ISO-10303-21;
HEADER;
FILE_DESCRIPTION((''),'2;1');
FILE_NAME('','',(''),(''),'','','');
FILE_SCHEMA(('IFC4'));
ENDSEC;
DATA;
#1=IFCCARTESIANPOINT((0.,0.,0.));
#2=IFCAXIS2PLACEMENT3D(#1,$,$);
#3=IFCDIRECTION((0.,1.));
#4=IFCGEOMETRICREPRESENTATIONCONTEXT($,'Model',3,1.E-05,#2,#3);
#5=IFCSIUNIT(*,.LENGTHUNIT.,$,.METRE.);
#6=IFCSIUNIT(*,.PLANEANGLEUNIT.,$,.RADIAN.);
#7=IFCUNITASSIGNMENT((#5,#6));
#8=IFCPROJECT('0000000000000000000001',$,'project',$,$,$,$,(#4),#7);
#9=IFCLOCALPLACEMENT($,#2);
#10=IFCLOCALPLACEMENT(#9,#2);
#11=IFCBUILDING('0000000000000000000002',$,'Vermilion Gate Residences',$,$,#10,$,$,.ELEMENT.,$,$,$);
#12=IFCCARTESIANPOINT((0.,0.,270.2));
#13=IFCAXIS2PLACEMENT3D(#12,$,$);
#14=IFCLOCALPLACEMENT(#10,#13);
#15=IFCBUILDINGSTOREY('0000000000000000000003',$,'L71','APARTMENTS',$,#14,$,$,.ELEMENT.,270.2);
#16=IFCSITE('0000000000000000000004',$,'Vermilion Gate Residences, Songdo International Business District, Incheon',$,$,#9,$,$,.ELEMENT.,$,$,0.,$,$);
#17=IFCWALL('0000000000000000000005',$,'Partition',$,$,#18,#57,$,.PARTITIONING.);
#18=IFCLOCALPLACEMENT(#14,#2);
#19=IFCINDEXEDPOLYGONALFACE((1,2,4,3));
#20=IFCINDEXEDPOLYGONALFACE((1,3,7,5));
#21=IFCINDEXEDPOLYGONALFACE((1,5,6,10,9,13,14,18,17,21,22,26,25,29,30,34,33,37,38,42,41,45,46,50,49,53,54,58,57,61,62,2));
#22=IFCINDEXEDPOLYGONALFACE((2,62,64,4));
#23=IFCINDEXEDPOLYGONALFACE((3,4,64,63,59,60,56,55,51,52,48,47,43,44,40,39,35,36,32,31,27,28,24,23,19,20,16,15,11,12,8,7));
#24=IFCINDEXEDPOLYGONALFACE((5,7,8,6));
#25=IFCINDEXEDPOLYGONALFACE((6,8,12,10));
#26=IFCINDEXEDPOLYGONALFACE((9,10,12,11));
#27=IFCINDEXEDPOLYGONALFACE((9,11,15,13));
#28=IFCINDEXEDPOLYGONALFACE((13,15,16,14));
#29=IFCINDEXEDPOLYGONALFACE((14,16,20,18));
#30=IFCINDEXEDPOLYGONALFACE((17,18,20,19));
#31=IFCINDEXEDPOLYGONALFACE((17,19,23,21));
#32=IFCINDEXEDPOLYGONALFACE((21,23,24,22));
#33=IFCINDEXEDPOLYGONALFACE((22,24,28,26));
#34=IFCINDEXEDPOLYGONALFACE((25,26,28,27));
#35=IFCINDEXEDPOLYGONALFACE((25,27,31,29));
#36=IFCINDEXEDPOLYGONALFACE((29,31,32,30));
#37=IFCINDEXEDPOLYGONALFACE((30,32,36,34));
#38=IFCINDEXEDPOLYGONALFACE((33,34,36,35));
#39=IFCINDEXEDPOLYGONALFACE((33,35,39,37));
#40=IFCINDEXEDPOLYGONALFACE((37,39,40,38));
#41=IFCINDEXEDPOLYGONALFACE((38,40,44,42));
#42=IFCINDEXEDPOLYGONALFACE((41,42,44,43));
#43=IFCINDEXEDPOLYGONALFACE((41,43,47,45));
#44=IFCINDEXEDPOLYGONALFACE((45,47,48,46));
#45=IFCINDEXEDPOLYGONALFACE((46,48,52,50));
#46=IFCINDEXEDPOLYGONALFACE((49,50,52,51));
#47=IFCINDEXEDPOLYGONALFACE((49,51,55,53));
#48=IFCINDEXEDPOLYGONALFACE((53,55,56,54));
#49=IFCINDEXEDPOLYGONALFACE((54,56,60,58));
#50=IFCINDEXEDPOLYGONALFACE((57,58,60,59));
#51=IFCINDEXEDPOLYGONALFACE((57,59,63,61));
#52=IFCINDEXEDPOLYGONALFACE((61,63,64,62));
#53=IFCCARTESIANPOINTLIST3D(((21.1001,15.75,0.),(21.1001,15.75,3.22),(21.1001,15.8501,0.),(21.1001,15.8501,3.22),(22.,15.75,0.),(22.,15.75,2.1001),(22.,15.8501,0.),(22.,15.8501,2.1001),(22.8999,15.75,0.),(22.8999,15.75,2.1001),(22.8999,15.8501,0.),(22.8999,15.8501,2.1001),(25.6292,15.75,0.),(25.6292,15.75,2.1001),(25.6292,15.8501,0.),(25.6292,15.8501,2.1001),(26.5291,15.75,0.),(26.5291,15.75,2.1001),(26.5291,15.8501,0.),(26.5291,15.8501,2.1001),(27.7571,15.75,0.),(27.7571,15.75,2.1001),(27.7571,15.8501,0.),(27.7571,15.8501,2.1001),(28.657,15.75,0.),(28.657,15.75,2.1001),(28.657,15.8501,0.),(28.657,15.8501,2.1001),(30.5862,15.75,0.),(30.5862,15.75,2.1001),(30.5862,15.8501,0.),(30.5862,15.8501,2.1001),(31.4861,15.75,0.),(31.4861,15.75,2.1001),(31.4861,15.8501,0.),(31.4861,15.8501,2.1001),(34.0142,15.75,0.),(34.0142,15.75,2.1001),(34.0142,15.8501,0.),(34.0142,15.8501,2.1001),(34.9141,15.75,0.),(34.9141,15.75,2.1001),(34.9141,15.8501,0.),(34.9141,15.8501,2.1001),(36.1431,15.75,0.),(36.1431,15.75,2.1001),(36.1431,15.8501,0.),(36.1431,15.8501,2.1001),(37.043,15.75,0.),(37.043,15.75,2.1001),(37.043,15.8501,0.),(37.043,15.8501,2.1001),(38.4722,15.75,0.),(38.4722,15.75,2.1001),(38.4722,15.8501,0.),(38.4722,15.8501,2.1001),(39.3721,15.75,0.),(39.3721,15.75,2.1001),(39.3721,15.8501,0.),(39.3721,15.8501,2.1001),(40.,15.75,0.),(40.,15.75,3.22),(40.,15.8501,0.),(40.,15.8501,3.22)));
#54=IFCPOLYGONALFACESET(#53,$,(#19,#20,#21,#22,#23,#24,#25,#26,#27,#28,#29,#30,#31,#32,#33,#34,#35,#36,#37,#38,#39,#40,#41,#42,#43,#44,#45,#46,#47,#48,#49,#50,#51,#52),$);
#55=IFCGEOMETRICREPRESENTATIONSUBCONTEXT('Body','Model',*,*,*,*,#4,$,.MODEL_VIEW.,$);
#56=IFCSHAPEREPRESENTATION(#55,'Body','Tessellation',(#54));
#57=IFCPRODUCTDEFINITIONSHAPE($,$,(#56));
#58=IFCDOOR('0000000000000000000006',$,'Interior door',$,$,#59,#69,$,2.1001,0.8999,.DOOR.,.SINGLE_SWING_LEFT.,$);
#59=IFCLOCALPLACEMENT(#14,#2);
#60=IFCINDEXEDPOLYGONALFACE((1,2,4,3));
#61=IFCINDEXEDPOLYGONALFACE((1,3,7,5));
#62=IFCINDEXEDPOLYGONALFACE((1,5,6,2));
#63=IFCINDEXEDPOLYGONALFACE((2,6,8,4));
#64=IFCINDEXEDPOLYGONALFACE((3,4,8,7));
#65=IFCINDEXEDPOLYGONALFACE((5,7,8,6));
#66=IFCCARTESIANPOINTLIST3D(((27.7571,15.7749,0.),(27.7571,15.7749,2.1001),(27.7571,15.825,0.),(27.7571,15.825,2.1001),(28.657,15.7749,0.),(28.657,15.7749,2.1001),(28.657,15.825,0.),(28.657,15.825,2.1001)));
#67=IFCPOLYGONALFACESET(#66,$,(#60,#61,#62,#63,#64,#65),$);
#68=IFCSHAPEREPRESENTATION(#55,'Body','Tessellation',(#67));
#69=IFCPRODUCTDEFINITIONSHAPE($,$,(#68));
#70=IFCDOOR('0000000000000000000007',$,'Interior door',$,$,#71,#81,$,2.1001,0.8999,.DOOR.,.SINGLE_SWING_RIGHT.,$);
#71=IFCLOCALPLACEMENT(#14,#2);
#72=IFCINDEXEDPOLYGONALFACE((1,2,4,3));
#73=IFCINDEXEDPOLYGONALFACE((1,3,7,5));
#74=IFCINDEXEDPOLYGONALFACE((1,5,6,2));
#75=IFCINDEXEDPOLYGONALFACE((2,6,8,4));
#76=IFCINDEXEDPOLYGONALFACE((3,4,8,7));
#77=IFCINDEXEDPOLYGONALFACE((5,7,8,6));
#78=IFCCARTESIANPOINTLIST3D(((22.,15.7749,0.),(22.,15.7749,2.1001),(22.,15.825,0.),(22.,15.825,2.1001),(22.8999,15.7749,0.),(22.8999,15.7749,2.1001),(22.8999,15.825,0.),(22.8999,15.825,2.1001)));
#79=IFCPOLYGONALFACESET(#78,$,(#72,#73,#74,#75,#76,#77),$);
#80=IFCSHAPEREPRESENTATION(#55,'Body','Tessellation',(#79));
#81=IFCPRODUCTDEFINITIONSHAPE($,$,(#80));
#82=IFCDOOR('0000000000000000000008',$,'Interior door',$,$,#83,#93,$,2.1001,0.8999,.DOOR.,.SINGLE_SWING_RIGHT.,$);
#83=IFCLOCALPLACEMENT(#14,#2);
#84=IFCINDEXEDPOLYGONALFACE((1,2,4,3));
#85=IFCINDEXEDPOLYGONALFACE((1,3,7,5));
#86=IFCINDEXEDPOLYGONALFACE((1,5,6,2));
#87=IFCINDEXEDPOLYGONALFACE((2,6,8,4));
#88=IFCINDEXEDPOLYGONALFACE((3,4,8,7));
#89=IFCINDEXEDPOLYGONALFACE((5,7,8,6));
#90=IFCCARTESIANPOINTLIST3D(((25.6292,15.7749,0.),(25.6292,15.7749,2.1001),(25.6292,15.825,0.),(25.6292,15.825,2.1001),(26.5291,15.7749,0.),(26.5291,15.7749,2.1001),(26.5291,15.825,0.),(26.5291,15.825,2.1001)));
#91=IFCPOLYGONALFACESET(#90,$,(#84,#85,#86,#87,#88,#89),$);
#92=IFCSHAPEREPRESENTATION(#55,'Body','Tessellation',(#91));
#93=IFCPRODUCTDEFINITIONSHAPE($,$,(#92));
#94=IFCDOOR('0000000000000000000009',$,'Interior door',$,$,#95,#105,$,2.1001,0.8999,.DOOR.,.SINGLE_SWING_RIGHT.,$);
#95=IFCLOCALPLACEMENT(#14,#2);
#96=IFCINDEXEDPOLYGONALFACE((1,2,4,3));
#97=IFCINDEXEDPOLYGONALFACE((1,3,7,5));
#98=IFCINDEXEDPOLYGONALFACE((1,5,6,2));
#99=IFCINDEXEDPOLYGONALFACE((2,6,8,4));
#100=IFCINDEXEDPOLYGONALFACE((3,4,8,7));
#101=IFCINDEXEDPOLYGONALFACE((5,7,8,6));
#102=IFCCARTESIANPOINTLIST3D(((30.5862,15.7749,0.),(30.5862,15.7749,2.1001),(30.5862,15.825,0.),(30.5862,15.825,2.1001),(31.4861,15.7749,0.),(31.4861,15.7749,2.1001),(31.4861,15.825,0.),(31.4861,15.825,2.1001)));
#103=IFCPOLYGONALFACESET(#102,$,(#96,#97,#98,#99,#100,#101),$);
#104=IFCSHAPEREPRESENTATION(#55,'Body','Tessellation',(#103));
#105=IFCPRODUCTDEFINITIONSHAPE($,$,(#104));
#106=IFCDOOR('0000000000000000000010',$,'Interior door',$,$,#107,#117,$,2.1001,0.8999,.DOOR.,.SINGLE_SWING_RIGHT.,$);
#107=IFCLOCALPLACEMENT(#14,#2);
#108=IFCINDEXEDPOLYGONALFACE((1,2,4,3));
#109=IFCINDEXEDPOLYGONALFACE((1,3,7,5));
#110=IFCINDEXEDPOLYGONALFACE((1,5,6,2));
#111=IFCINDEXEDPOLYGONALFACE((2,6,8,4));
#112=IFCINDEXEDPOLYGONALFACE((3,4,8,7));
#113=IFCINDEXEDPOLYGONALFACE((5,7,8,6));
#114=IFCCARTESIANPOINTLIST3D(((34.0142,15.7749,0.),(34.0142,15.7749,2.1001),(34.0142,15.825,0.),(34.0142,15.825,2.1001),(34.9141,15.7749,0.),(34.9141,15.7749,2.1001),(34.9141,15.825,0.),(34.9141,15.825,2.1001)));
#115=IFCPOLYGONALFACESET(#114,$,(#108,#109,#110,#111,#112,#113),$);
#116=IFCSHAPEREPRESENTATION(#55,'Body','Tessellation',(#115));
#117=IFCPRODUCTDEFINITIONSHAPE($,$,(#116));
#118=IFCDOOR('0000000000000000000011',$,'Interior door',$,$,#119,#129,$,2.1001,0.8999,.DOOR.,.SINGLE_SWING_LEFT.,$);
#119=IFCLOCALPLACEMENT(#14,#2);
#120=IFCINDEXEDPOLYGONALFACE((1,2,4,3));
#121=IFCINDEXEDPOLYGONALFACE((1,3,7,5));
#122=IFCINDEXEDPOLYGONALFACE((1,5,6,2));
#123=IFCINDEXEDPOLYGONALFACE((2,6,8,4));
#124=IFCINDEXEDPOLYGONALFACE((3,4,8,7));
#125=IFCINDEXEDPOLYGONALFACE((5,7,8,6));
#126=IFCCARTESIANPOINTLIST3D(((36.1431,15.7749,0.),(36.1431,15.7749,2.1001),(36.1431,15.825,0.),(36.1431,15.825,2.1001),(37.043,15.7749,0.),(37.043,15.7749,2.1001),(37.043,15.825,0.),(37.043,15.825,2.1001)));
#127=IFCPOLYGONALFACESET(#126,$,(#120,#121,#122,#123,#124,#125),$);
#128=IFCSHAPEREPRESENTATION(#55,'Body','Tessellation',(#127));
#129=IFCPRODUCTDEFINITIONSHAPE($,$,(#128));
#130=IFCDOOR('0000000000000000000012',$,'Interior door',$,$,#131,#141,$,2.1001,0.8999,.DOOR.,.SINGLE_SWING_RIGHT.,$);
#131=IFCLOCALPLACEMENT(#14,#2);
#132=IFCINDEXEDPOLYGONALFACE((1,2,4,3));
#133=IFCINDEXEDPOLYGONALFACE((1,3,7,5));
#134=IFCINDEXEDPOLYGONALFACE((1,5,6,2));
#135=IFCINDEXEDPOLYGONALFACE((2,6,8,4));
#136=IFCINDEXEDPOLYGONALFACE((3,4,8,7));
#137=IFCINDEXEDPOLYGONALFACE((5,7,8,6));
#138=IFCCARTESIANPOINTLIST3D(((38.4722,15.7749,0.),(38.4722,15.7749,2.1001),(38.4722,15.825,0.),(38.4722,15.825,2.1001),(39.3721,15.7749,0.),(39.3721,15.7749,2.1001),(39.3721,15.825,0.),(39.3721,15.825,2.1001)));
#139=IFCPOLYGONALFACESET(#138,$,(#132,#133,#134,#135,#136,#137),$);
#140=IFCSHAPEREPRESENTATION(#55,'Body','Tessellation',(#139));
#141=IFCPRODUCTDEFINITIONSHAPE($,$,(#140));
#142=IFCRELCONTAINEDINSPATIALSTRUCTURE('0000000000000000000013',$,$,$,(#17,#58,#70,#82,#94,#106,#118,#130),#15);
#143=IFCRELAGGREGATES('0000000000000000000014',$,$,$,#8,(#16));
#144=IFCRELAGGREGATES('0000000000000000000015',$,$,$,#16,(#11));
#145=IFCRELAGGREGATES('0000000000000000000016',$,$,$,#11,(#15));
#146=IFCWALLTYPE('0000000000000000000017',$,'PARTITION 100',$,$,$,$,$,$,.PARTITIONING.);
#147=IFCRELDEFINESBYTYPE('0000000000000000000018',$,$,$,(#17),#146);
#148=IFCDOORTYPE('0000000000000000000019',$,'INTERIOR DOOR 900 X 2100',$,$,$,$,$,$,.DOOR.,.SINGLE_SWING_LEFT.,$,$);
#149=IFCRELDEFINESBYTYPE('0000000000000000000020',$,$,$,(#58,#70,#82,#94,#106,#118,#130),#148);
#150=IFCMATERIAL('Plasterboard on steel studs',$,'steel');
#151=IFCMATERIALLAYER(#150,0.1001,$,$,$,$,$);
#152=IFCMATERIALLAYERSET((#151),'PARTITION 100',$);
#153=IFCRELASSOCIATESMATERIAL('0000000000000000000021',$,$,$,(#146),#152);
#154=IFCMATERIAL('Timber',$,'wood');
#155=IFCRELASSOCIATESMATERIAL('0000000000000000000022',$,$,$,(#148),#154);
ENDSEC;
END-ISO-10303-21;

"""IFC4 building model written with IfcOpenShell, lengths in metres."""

from ifc_helpers import new_model, si_unit, direction, frame, frame_2d, origin, place, context, subcontext, project, spatial, rectangle, extrude, material, layer, layer_set, type_object, element, fill, save


model = new_model("IFC4")

# Units and contexts
model_context = context("Model", 3, precision=1e-05, world=origin(), true_north=direction((0.0, 1.0)))
body_context = subcontext(model_context, "Body", "Model", "MODEL_VIEW")
ifc_project = project(units=[si_unit("LENGTHUNIT", "METRE"), si_unit("PLANEANGLEUNIT", "RADIAN")], contexts=[model_context])

# Site, building, storey
site_placement = place(None, origin())
site = spatial("IfcSite", under=ifc_project, at=site_placement, Name="Vermilion Gate Residences, Songdo International Business District, Incheon", CompositionType="ELEMENT", RefElevation=0.0)
building_placement = place(site_placement, origin())
building = spatial("IfcBuilding", under=site, at=building_placement, Name="Vermilion Gate Residences", CompositionType="ELEMENT")
storey_placement = place(building_placement, frame((0.0, 0.0, 270.2)))
storey = spatial("IfcBuildingStorey", under=building, at=storey_placement, Name="L71", Description="APARTMENTS", CompositionType="ELEMENT", Elevation=270.2)

# Wall, openings, doors
ifc_material_1 = material(Name="Plasterboard on steel studs", Category="steel")
ifc_layer_1 = layer(ifc_material_1, 0.1001)
ifc_layer_set_1 = layer_set([ifc_layer_1], Name="PARTITION 100")
wall_type_1 = type_object("IfcWallType", Name="PARTITION 100", PredefinedType="PARTITIONING", material=ifc_layer_set_1)
ifc_material_2 = material(Name="Timber", Category="wood")
door_type_1 = type_object("IfcDoorType", Name="INTERIOR DOOR 900 X 2100", OperationType="SINGLE_SWING_LEFT", PredefinedType="DOOR", material=ifc_material_2)
wall_1_placement = place(storey_placement, frame((21.1001, 15.8, 0.0), z_axis=(0.0, 0.0, 1.0), x_axis=(1.0, 0.0, 0.0)))
wall_1 = element("IfcWall", 1, at=wall_1_placement, inside=storey, type_object=wall_type_1, Name="Partition", PredefinedType="PARTITIONING", context=body_context, shape_type="SweptSolid", body=[
    extrude(rectangle(XDim=18.8999, YDim=0.1001, at=frame_2d((9.45, 0.0))), origin(), (0.0, 0.0, 1.0), 3.22),
])
opening_1_placement = place(wall_1_placement, frame((6.657, 0.0, 0.0)))
opening_1 = element("IfcOpeningElement", 2, at=opening_1_placement, cuts=wall_1, PredefinedType="OPENING", context=body_context, shape_type="SweptSolid", body=[
    extrude(rectangle(XDim=0.8999, YDim=2.1001, at=frame_2d((0.45, 1.05))), frame((0.0, 0.0601, 0.0), z_axis=(0.0, -1.0, 0.0), x_axis=(1.0, 0.0, 0.0)), (0.0, 0.0, 1.0), 0.1201),
])
opening_2_placement = place(wall_1_placement, frame((0.8999, 0.0, 0.0)))
opening_2 = element("IfcOpeningElement", 3, at=opening_2_placement, cuts=wall_1, PredefinedType="OPENING", context=body_context, shape_type="SweptSolid", body=[
    extrude(rectangle(XDim=0.8999, YDim=2.1001, at=frame_2d((0.45, 1.05))), frame((0.0, 0.0601, 0.0), z_axis=(0.0, -1.0, 0.0), x_axis=(1.0, 0.0, 0.0)), (0.0, 0.0, 1.0), 0.1201),
])
opening_3_placement = place(wall_1_placement, frame((4.5291, 0.0, 0.0)))
opening_3 = element("IfcOpeningElement", 4, at=opening_3_placement, cuts=wall_1, PredefinedType="OPENING", context=body_context, shape_type="SweptSolid", body=[
    extrude(rectangle(XDim=0.8999, YDim=2.1001, at=frame_2d((0.45, 1.05))), frame((0.0, 0.0601, 0.0), z_axis=(0.0, -1.0, 0.0), x_axis=(1.0, 0.0, 0.0)), (0.0, 0.0, 1.0), 0.1201),
])
opening_4_placement = place(wall_1_placement, frame((9.4861, 0.0, 0.0)))
opening_4 = element("IfcOpeningElement", 5, at=opening_4_placement, cuts=wall_1, PredefinedType="OPENING", context=body_context, shape_type="SweptSolid", body=[
    extrude(rectangle(XDim=0.8999, YDim=2.1001, at=frame_2d((0.45, 1.05))), frame((0.0, 0.0601, 0.0), z_axis=(0.0, -1.0, 0.0), x_axis=(1.0, 0.0, 0.0)), (0.0, 0.0, 1.0), 0.1201),
])
opening_5_placement = place(wall_1_placement, frame((12.9141, 0.0, 0.0)))
opening_5 = element("IfcOpeningElement", 6, at=opening_5_placement, cuts=wall_1, PredefinedType="OPENING", context=body_context, shape_type="SweptSolid", body=[
    extrude(rectangle(XDim=0.8999, YDim=2.1001, at=frame_2d((0.45, 1.05))), frame((0.0, 0.0601, 0.0), z_axis=(0.0, -1.0, 0.0), x_axis=(1.0, 0.0, 0.0)), (0.0, 0.0, 1.0), 0.1201),
])
opening_6_placement = place(wall_1_placement, frame((15.043, 0.0, 0.0)))
opening_6 = element("IfcOpeningElement", 7, at=opening_6_placement, cuts=wall_1, PredefinedType="OPENING", context=body_context, shape_type="SweptSolid", body=[
    extrude(rectangle(XDim=0.8999, YDim=2.1001, at=frame_2d((0.45, 1.05))), frame((0.0, 0.0601, 0.0), z_axis=(0.0, -1.0, 0.0), x_axis=(1.0, 0.0, 0.0)), (0.0, 0.0, 1.0), 0.1201),
])
opening_7_placement = place(wall_1_placement, frame((17.3721, 0.0, 0.0)))
opening_7 = element("IfcOpeningElement", 8, at=opening_7_placement, cuts=wall_1, PredefinedType="OPENING", context=body_context, shape_type="SweptSolid", body=[
    extrude(rectangle(XDim=0.8999, YDim=2.1001, at=frame_2d((0.45, 1.05))), frame((0.0, 0.0601, 0.0), z_axis=(0.0, -1.0, 0.0), x_axis=(1.0, 0.0, 0.0)), (0.0, 0.0, 1.0), 0.1201),
])
door_1_placement = place(opening_1_placement, origin())
door_1 = element("IfcDoor", 9, at=door_1_placement, inside=storey, type_object=door_type_1, Name="Interior door", OperationType="SINGLE_SWING_LEFT", OverallHeight=2.1001, OverallWidth=0.8999, PredefinedType="DOOR", context=body_context, shape_type="SweptSolid", body=[
    extrude(rectangle(XDim=0.8999, YDim=2.1001, at=frame_2d((0.45, 1.05))), frame((0.0, 0.0249, 0.0), z_axis=(0.0, -1.0, 0.0), x_axis=(1.0, 0.0, 0.0)), (0.0, 0.0, 1.0), 0.05),
])
fill(opening_1, door_1)
door_2_placement = place(opening_2_placement, origin())
door_2 = element("IfcDoor", 10, at=door_2_placement, inside=storey, type_object=door_type_1, Name="Interior door", OperationType="SINGLE_SWING_RIGHT", OverallHeight=2.1001, OverallWidth=0.8999, PredefinedType="DOOR", context=body_context, shape_type="SweptSolid", body=[
    extrude(rectangle(XDim=0.8999, YDim=2.1001, at=frame_2d((0.45, 1.05))), frame((0.0, 0.0249, 0.0), z_axis=(0.0, -1.0, 0.0), x_axis=(1.0, 0.0, 0.0)), (0.0, 0.0, 1.0), 0.05),
])
fill(opening_2, door_2)
door_3_placement = place(opening_3_placement, origin())
door_3 = element("IfcDoor", 11, at=door_3_placement, inside=storey, type_object=door_type_1, Name="Interior door", OperationType="SINGLE_SWING_RIGHT", OverallHeight=2.1001, OverallWidth=0.8999, PredefinedType="DOOR", context=body_context, shape_type="SweptSolid", body=[
    extrude(rectangle(XDim=0.8999, YDim=2.1001, at=frame_2d((0.45, 1.05))), frame((0.0, 0.0249, 0.0), z_axis=(0.0, -1.0, 0.0), x_axis=(1.0, 0.0, 0.0)), (0.0, 0.0, 1.0), 0.05),
])
fill(opening_3, door_3)
door_4_placement = place(opening_4_placement, origin())
door_4 = element("IfcDoor", 12, at=door_4_placement, inside=storey, type_object=door_type_1, Name="Interior door", OperationType="SINGLE_SWING_RIGHT", OverallHeight=2.1001, OverallWidth=0.8999, PredefinedType="DOOR", context=body_context, shape_type="SweptSolid", body=[
    extrude(rectangle(XDim=0.8999, YDim=2.1001, at=frame_2d((0.45, 1.05))), frame((0.0, 0.0249, 0.0), z_axis=(0.0, -1.0, 0.0), x_axis=(1.0, 0.0, 0.0)), (0.0, 0.0, 1.0), 0.05),
])
fill(opening_4, door_4)
door_5_placement = place(opening_5_placement, origin())
door_5 = element("IfcDoor", 13, at=door_5_placement, inside=storey, type_object=door_type_1, Name="Interior door", OperationType="SINGLE_SWING_RIGHT", OverallHeight=2.1001, OverallWidth=0.8999, PredefinedType="DOOR", context=body_context, shape_type="SweptSolid", body=[
    extrude(rectangle(XDim=0.8999, YDim=2.1001, at=frame_2d((0.45, 1.05))), frame((0.0, 0.0249, 0.0), z_axis=(0.0, -1.0, 0.0), x_axis=(1.0, 0.0, 0.0)), (0.0, 0.0, 1.0), 0.05),
])
fill(opening_5, door_5)
door_6_placement = place(opening_6_placement, origin())
door_6 = element("IfcDoor", 14, at=door_6_placement, inside=storey, type_object=door_type_1, Name="Interior door", OperationType="SINGLE_SWING_LEFT", OverallHeight=2.1001, OverallWidth=0.8999, PredefinedType="DOOR", context=body_context, shape_type="SweptSolid", body=[
    extrude(rectangle(XDim=0.8999, YDim=2.1001, at=frame_2d((0.45, 1.05))), frame((0.0, 0.0249, 0.0), z_axis=(0.0, -1.0, 0.0), x_axis=(1.0, 0.0, 0.0)), (0.0, 0.0, 1.0), 0.05),
])
fill(opening_6, door_6)
door_7_placement = place(opening_7_placement, origin())
door_7 = element("IfcDoor", 15, at=door_7_placement, inside=storey, type_object=door_type_1, Name="Interior door", OperationType="SINGLE_SWING_RIGHT", OverallHeight=2.1001, OverallWidth=0.8999, PredefinedType="DOOR", context=body_context, shape_type="SweptSolid", body=[
    extrude(rectangle(XDim=0.8999, YDim=2.1001, at=frame_2d((0.45, 1.05))), frame((0.0, 0.0249, 0.0), z_axis=(0.0, -1.0, 0.0), x_axis=(1.0, 0.0, 0.0)), (0.0, 0.0, 1.0), 0.05),
])
fill(opening_7, door_7)

save(model, "model.ifc")
